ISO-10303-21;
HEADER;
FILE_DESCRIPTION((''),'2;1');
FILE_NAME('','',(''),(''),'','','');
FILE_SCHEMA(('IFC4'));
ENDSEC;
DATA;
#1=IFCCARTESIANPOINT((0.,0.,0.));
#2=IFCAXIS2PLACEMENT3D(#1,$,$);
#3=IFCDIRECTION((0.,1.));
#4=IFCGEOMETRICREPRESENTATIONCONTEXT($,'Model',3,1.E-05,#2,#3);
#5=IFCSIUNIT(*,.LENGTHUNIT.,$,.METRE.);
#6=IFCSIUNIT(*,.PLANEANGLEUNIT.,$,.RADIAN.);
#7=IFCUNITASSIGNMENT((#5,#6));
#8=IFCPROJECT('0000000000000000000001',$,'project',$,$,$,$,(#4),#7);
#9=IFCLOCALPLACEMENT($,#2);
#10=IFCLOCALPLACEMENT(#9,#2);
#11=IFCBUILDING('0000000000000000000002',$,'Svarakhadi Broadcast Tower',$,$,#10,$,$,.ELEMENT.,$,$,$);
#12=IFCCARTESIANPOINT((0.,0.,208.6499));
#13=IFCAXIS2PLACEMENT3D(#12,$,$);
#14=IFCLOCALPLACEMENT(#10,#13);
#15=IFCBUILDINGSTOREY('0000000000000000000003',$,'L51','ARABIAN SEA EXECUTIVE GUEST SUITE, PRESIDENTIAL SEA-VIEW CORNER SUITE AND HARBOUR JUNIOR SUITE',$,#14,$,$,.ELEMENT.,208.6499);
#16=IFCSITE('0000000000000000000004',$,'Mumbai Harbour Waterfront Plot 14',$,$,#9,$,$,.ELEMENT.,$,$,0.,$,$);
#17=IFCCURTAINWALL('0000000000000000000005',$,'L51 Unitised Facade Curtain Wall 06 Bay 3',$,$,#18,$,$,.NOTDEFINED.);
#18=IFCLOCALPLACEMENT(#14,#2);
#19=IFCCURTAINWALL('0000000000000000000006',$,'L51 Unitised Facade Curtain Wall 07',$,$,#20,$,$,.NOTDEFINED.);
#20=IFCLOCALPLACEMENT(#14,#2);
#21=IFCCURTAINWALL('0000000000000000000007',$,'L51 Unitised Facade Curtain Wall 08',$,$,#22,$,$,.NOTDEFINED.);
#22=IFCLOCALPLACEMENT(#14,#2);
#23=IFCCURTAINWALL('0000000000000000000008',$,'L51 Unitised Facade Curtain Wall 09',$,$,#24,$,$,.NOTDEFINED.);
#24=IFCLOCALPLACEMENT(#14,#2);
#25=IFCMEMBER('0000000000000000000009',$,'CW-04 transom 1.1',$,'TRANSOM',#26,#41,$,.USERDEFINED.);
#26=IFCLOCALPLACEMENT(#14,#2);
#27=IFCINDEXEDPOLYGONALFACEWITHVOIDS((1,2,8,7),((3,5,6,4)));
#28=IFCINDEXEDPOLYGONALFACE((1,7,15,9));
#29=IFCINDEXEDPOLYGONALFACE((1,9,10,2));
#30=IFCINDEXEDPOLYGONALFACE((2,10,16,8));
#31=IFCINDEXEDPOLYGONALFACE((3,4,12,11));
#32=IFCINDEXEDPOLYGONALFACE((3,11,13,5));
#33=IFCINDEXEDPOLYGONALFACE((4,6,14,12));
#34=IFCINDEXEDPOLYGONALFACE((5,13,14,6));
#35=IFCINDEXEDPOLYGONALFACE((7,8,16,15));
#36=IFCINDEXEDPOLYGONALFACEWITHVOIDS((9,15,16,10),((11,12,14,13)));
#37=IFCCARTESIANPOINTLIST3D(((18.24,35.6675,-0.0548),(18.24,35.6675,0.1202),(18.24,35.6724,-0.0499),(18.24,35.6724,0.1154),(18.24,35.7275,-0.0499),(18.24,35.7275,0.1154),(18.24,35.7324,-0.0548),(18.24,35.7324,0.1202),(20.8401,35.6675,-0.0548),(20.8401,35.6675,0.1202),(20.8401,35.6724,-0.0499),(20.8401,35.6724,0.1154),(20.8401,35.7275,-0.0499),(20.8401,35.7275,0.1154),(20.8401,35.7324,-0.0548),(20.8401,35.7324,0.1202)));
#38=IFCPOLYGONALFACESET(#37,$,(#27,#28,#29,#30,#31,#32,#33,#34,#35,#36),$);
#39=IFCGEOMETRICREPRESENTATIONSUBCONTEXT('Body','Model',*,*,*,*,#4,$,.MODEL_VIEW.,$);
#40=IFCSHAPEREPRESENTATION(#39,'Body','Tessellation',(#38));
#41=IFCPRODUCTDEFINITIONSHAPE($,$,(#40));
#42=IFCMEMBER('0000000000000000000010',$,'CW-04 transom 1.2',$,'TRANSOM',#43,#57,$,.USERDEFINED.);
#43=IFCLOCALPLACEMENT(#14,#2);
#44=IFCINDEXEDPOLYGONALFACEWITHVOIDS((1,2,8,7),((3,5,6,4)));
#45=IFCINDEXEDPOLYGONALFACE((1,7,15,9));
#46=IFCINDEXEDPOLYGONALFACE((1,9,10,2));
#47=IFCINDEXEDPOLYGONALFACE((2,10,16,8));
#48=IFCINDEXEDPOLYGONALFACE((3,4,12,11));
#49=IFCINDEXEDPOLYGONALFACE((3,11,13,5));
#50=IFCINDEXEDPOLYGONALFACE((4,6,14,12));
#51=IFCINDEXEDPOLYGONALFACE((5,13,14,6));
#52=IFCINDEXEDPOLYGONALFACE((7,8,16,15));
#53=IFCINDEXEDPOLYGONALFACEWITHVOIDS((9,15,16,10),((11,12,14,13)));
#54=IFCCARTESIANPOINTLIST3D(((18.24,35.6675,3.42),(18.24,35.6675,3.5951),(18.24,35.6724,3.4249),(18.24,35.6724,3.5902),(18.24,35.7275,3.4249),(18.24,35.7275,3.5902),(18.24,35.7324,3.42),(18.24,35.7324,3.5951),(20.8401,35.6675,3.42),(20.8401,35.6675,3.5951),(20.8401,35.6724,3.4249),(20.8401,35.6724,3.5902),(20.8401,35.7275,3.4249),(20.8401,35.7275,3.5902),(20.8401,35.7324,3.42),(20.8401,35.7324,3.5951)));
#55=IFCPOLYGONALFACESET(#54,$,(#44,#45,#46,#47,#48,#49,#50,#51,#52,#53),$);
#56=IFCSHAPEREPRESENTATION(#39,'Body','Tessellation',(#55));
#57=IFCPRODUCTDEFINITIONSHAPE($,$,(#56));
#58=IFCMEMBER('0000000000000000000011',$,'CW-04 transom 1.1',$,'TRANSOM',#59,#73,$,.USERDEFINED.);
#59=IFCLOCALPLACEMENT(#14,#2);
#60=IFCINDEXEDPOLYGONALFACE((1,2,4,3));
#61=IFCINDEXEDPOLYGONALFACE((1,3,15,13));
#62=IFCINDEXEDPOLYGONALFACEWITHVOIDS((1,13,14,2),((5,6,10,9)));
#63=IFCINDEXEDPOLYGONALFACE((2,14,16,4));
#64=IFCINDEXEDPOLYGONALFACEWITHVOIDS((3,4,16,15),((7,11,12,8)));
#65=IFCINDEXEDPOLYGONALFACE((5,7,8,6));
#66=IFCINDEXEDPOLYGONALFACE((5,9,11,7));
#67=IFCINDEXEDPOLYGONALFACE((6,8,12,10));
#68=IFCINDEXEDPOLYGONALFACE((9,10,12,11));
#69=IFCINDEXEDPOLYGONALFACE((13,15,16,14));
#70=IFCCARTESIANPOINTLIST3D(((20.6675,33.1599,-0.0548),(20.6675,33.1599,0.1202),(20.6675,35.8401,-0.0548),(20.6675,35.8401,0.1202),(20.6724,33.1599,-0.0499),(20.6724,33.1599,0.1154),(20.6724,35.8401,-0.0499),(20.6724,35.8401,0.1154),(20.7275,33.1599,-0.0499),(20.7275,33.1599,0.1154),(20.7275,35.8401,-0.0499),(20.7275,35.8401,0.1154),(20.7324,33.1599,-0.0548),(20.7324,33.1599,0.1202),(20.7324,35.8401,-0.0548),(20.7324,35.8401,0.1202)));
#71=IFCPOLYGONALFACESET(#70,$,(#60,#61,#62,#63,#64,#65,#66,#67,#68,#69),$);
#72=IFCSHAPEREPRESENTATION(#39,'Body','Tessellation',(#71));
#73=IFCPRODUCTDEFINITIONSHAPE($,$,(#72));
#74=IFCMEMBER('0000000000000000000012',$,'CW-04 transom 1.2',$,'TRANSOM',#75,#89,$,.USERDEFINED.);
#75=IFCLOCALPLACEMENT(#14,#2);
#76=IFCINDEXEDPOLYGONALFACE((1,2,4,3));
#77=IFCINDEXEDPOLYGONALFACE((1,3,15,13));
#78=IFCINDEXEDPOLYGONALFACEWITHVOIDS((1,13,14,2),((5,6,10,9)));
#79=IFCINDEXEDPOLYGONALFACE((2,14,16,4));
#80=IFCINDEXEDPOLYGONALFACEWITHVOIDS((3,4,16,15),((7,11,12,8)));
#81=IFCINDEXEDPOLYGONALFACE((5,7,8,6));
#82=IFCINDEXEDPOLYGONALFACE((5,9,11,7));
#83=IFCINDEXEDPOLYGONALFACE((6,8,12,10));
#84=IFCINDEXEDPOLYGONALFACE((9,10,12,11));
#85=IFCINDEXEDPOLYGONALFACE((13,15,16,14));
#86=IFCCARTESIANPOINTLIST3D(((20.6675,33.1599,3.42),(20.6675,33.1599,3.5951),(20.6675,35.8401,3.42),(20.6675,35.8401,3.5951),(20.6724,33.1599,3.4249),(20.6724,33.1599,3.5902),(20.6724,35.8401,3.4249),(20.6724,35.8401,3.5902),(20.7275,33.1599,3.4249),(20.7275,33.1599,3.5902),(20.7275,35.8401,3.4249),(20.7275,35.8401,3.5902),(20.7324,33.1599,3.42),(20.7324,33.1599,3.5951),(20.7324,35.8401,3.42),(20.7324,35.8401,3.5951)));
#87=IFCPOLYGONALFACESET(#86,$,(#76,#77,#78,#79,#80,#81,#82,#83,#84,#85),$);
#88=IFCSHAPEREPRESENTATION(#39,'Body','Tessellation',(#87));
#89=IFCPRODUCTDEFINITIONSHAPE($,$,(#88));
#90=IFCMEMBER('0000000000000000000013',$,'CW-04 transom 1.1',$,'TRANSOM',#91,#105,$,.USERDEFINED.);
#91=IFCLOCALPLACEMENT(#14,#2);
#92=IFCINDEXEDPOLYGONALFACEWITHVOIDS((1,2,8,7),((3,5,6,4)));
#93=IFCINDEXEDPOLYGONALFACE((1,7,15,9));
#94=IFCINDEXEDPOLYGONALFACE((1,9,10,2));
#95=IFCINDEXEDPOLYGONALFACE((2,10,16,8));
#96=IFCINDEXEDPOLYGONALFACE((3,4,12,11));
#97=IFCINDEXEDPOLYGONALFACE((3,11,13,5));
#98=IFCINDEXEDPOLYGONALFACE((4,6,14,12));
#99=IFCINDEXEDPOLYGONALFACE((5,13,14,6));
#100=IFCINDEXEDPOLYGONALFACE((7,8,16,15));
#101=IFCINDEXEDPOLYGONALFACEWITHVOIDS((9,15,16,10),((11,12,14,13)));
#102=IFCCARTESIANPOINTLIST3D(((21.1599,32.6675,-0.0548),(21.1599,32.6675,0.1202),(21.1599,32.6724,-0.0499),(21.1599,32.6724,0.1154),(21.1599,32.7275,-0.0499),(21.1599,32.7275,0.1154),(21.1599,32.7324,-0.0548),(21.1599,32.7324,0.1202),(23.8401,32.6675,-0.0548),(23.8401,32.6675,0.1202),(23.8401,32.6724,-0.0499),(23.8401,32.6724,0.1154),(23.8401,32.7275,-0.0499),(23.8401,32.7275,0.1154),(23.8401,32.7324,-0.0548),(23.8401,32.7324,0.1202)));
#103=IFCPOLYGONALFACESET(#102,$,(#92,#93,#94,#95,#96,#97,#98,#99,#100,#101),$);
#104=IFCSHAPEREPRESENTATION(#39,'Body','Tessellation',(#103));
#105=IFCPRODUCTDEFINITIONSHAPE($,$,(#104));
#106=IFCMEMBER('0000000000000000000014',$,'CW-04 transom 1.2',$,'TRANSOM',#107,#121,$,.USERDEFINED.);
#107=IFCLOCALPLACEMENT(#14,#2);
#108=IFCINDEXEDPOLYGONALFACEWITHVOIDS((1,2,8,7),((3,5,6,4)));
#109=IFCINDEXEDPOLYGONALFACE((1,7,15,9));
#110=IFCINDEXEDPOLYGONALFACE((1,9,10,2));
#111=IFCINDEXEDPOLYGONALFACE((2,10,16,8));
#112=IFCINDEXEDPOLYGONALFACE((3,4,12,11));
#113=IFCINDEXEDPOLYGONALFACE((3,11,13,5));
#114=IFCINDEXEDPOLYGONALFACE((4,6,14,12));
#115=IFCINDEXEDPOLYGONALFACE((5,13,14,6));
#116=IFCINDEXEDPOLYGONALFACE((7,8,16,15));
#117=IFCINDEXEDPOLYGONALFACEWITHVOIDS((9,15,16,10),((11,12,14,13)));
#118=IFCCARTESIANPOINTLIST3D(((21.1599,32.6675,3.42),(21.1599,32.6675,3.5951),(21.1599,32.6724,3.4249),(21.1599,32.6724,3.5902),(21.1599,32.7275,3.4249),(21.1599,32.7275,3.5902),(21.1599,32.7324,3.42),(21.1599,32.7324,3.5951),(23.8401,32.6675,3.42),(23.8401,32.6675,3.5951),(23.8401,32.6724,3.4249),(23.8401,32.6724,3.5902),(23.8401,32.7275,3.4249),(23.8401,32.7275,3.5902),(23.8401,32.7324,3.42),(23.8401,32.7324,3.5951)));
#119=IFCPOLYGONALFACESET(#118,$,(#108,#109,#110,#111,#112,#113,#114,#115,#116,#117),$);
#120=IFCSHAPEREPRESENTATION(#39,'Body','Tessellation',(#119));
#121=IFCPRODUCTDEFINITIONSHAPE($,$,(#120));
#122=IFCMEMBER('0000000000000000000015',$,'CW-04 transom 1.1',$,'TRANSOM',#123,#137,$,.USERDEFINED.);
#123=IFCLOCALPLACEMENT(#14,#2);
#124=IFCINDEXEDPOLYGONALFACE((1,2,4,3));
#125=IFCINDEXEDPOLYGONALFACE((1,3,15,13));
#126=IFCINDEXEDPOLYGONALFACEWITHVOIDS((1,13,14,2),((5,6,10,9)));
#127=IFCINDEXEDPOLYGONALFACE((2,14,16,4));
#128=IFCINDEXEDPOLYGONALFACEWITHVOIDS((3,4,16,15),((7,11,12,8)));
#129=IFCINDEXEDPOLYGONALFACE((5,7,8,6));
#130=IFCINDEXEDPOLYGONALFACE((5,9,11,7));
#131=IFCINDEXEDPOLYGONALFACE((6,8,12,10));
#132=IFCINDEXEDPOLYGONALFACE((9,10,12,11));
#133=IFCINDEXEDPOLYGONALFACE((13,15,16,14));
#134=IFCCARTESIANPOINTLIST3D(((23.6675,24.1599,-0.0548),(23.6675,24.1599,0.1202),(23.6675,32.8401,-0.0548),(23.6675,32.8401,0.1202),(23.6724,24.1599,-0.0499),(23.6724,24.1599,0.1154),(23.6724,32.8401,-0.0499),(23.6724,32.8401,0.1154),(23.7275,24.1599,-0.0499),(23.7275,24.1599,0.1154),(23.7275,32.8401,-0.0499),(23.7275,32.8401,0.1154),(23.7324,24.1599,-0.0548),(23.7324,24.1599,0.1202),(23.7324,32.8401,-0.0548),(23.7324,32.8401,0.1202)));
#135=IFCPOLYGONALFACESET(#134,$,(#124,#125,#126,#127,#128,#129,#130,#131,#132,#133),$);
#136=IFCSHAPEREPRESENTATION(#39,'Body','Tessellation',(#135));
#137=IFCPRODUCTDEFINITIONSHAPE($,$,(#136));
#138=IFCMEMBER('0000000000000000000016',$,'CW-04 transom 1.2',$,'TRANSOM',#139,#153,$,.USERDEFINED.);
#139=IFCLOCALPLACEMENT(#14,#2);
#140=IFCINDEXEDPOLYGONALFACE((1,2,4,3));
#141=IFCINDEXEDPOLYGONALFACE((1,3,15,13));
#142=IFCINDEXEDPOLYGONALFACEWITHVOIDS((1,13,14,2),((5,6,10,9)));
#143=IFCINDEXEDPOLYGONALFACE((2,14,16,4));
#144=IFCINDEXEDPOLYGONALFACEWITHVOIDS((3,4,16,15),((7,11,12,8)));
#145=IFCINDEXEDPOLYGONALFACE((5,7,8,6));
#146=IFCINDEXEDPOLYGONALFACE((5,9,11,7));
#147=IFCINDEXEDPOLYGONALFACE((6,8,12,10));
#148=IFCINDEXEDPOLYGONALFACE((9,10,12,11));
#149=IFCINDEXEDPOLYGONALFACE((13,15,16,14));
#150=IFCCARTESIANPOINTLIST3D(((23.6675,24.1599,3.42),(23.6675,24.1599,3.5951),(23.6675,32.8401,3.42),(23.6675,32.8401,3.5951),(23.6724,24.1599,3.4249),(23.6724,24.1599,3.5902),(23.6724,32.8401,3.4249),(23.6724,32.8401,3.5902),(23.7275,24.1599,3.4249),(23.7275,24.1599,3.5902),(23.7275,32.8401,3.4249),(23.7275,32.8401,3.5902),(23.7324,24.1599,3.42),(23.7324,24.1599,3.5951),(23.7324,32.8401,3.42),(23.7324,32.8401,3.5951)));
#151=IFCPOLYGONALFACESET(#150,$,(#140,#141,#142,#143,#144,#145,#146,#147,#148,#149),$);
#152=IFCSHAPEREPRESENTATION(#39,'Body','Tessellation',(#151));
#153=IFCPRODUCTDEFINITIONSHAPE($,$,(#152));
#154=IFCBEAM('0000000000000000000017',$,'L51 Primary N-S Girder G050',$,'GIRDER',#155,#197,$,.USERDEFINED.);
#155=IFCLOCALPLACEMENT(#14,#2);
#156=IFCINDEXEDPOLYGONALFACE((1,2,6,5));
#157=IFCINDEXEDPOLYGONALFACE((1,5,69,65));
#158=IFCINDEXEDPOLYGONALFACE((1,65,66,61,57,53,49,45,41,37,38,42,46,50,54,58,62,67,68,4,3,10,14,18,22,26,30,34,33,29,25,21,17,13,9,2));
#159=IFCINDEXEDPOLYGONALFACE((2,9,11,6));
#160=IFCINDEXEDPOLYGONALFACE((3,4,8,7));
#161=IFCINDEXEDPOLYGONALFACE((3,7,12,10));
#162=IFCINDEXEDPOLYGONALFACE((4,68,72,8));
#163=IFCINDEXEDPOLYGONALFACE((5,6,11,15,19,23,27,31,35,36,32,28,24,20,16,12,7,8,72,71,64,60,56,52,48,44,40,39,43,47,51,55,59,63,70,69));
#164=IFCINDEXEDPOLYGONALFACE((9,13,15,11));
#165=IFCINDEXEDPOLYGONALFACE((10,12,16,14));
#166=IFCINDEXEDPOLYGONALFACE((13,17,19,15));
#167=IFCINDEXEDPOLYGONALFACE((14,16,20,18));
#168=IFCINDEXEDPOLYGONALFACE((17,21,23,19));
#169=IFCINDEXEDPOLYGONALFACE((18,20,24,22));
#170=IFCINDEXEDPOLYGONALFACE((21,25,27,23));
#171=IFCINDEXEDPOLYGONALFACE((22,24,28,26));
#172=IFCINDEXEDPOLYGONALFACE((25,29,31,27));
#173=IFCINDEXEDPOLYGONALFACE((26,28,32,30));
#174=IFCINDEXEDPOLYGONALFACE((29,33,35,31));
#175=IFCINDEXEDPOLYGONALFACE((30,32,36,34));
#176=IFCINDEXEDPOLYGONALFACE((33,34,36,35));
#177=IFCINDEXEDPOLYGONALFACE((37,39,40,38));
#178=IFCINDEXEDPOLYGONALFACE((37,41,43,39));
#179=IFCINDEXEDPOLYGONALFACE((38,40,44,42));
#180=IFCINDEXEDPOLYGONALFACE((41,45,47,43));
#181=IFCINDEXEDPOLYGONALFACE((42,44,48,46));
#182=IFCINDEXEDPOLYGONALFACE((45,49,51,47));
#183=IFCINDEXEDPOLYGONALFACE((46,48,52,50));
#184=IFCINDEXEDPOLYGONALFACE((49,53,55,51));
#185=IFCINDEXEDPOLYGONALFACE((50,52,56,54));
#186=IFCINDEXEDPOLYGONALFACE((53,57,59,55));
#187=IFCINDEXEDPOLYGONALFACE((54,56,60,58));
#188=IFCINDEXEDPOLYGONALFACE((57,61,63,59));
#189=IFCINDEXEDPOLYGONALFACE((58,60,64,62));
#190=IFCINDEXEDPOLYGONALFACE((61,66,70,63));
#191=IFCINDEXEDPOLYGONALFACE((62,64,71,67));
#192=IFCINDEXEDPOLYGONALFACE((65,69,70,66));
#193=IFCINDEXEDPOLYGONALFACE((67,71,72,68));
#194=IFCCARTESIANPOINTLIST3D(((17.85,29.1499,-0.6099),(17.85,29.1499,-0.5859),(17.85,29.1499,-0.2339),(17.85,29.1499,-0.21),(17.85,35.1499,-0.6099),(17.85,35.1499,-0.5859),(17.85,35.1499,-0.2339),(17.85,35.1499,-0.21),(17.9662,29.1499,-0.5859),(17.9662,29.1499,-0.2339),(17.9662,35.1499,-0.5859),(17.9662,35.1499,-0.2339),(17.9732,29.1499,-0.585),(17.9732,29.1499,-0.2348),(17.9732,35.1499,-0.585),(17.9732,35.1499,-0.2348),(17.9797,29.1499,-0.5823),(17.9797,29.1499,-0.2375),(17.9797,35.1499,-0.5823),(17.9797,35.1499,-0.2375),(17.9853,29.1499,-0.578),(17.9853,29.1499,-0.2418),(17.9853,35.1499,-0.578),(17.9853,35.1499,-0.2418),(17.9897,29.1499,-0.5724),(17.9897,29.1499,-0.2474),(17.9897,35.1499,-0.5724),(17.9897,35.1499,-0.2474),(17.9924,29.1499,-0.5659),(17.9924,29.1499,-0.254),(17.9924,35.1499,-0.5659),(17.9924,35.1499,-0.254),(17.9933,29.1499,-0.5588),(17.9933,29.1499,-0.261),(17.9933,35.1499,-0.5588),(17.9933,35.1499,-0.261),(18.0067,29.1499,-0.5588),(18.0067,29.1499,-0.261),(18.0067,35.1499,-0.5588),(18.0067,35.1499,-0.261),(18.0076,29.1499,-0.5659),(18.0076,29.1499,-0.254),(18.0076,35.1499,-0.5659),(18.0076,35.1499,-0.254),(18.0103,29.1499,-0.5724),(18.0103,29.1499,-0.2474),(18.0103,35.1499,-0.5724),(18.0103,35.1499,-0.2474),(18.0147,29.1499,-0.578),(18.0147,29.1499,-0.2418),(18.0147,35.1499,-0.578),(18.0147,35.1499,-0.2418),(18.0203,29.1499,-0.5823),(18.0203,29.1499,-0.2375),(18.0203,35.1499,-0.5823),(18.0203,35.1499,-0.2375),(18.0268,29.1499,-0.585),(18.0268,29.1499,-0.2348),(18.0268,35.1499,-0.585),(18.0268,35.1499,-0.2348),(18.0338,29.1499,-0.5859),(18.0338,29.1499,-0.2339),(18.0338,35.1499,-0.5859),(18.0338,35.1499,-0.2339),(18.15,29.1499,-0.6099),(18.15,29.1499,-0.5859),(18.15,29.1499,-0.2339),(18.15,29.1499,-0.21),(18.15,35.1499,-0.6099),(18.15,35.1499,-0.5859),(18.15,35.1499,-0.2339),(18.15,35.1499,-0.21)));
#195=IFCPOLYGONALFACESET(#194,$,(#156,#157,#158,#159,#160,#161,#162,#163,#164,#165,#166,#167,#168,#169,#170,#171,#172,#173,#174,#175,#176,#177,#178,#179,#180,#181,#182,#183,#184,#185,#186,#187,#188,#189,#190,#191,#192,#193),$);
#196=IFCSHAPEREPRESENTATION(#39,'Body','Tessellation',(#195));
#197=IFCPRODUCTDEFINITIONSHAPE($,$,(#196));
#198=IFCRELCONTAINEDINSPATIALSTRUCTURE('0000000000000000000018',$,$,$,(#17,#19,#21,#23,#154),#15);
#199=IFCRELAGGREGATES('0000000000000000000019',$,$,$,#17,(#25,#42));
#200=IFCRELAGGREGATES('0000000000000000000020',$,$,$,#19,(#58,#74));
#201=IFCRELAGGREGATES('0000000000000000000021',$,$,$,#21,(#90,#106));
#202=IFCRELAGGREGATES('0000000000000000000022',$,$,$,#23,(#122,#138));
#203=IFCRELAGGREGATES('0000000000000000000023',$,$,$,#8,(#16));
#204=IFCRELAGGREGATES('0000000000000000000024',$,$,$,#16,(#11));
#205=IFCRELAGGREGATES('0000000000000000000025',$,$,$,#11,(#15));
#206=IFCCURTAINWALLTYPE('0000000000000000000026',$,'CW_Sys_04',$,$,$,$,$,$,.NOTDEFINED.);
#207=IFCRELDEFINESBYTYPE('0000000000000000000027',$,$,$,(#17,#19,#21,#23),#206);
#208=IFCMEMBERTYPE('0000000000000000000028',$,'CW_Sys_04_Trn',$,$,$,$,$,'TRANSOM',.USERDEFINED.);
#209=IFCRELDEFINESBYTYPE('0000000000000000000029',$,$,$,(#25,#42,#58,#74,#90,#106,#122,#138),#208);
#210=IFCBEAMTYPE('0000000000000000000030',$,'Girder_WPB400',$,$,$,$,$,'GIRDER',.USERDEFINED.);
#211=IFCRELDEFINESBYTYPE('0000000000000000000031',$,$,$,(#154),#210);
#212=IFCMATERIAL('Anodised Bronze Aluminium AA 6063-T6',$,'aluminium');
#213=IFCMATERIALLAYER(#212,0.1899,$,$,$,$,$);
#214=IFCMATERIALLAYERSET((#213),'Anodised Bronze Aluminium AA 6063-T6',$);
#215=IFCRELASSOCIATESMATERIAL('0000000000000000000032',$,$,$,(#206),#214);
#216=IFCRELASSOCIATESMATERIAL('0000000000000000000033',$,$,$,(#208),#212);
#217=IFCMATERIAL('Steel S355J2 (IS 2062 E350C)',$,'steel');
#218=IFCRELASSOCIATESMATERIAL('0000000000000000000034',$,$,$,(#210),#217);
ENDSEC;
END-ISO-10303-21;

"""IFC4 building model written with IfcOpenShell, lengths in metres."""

from ifc_helpers import new_model, si_unit, direction, frame, origin, origin_2d, place, context, subcontext, project, spatial, hollow_rectangle, i_section, extrude, material, layer, layer_set, material_profile, profile_set, type_object, element, aggregate, save


model = new_model("IFC4")

# Units and contexts
model_context = context("Model", 3, precision=1e-05, world=origin(), true_north=direction((0.0, 1.0)))
body_context = subcontext(model_context, "Body", "Model", "MODEL_VIEW")
ifc_project = project(units=[si_unit("LENGTHUNIT", "METRE"), si_unit("PLANEANGLEUNIT", "RADIAN")], contexts=[model_context])

# Site, building, storey
site_placement = place(None, origin())
site = spatial("IfcSite", under=ifc_project, at=site_placement, Name="Mumbai Harbour Waterfront Plot 14", CompositionType="ELEMENT", RefElevation=0.0)
building_placement = place(site_placement, origin())
building = spatial("IfcBuilding", under=site, at=building_placement, Name="Svarakhadi Broadcast Tower", CompositionType="ELEMENT")
storey_placement = place(building_placement, frame((0.0, 0.0, 208.6499)))
storey = spatial("IfcBuildingStorey", under=building, at=storey_placement, Name="L51", Description="ARABIAN SEA EXECUTIVE GUEST SUITE, PRESIDENTIAL SEA-VIEW CORNER SUITE AND HARBOUR JUNIOR SUITE", CompositionType="ELEMENT", Elevation=208.6499)

# Curtain walls
ifc_material_1 = material(Name="Anodised Bronze Aluminium AA 6063-T6", Category="aluminium")
ifc_layer_1 = layer(ifc_material_1, 0.1899)
ifc_layer_set_1 = layer_set([ifc_layer_1], Name="Anodised Bronze Aluminium AA 6063-T6")
curtain_wall_type = type_object("IfcCurtainWallType", Name="CW_Sys_04", PredefinedType="NOTDEFINED", material=ifc_layer_set_1)
curtain_wall_1_placement = place(storey_placement, origin())
curtain_wall_1 = element("IfcCurtainWall", 1, at=curtain_wall_1_placement, inside=storey, type_object=curtain_wall_type, Name="L51 Unitised Facade Curtain Wall 06 Bay 3", PredefinedType="NOTDEFINED")
curtain_wall_2_placement = place(storey_placement, origin())
curtain_wall_2 = element("IfcCurtainWall", 2, at=curtain_wall_2_placement, inside=storey, type_object=curtain_wall_type, Name="L51 Unitised Facade Curtain Wall 07", PredefinedType="NOTDEFINED")
curtain_wall_3_placement = place(storey_placement, origin())
curtain_wall_3 = element("IfcCurtainWall", 3, at=curtain_wall_3_placement, inside=storey, type_object=curtain_wall_type, Name="L51 Unitised Facade Curtain Wall 08", PredefinedType="NOTDEFINED")

# Curtain wall
curtain_wall_4_placement = place(storey_placement, origin())
curtain_wall_4 = element("IfcCurtainWall", 4, at=curtain_wall_4_placement, inside=storey, type_object=curtain_wall_type, Name="L51 Unitised Facade Curtain Wall 09", PredefinedType="NOTDEFINED")

# Members
ifc_material_profile_1 = material_profile(ifc_material_1, hollow_rectangle(XDim=0.0649, YDim=0.175, WallThickness=0.0049, at=origin_2d()), Name="ALU TRANSOM 175x65x5")
ifc_profile_set_1 = profile_set([ifc_material_profile_1], Name="Anodised Bronze Aluminium AA 6063-T6")
member_type_1 = type_object("IfcMemberType", Name="CW_Sys_04_Trn", ElementType="TRANSOM", PredefinedType="USERDEFINED", material=ifc_profile_set_1)
member_1_placement = place(storey_placement, frame((18.24, 35.7, 0.0327), z_axis=(1.0, 0.0, 0.0), x_axis=(0.0, 1.0, 0.0)))
member_1 = element("IfcMember", 5, at=member_1_placement, type_object=member_type_1, Name="CW-04 transom 1.1", ObjectType="TRANSOM", PredefinedType="USERDEFINED", context=body_context, shape_type="SweptSolid", body=[
    extrude(hollow_rectangle(XDim=0.0649, YDim=0.175, WallThickness=0.0049, at=origin_2d()), origin(), (0.0, 0.0, 1.0), 2.6001),
])
member_2_placement = place(storey_placement, frame((18.24, 35.7, 3.5076), z_axis=(1.0, 0.0, 0.0), x_axis=(0.0, 1.0, 0.0)))
member_2 = element("IfcMember", 6, at=member_2_placement, type_object=member_type_1, Name="CW-04 transom 1.2", ObjectType="TRANSOM", PredefinedType="USERDEFINED", context=body_context, shape_type="SweptSolid", body=[
    extrude(hollow_rectangle(XDim=0.0649, YDim=0.175, WallThickness=0.0049, at=origin_2d()), origin(), (0.0, 0.0, 1.0), 2.6001),
])
member_3_placement = place(storey_placement, frame((20.7, 35.8401, 0.0327), z_axis=(0.0, -1.0, 0.0), x_axis=(1.0, 0.0, 0.0)))
member_3 = element("IfcMember", 7, at=member_3_placement, type_object=member_type_1, Name="CW-04 transom 1.1", ObjectType="TRANSOM", PredefinedType="USERDEFINED", context=body_context, shape_type="SweptSolid", body=[
    extrude(hollow_rectangle(XDim=0.0649, YDim=0.175, WallThickness=0.0049, at=origin_2d()), origin(), (0.0, 0.0, 1.0), 2.6802),
])
member_4_placement = place(storey_placement, frame((20.7, 35.8401, 3.5076), z_axis=(0.0, -1.0, 0.0), x_axis=(1.0, 0.0, 0.0)))
member_4 = element("IfcMember", 8, at=member_4_placement, type_object=member_type_1, Name="CW-04 transom 1.2", ObjectType="TRANSOM", PredefinedType="USERDEFINED", context=body_context, shape_type="SweptSolid", body=[
    extrude(hollow_rectangle(XDim=0.0649, YDim=0.175, WallThickness=0.0049, at=origin_2d()), origin(), (0.0, 0.0, 1.0), 2.6802),
])
member_5_placement = place(storey_placement, frame((21.1599, 32.7, 0.0327), z_axis=(1.0, 0.0, 0.0), x_axis=(0.0, 1.0, 0.0)))
member_5 = element("IfcMember", 9, at=member_5_placement, type_object=member_type_1, Name="CW-04 transom 1.1", ObjectType="TRANSOM", PredefinedType="USERDEFINED", context=body_context, shape_type="SweptSolid", body=[
    extrude(hollow_rectangle(XDim=0.0649, YDim=0.175, WallThickness=0.0049, at=origin_2d()), origin(), (0.0, 0.0, 1.0), 2.6802),
])
member_6_placement = place(storey_placement, frame((21.1599, 32.7, 3.5076), z_axis=(1.0, 0.0, 0.0), x_axis=(0.0, 1.0, 0.0)))
member_6 = element("IfcMember", 10, at=member_6_placement, type_object=member_type_1, Name="CW-04 transom 1.2", ObjectType="TRANSOM", PredefinedType="USERDEFINED", context=body_context, shape_type="SweptSolid", body=[
    extrude(hollow_rectangle(XDim=0.0649, YDim=0.175, WallThickness=0.0049, at=origin_2d()), origin(), (0.0, 0.0, 1.0), 2.6802),
])
member_7_placement = place(storey_placement, frame((23.7, 32.8401, 0.0327), z_axis=(0.0, -1.0, 0.0), x_axis=(1.0, 0.0, 0.0)))
member_7 = element("IfcMember", 11, at=member_7_placement, type_object=member_type_1, Name="CW-04 transom 1.1", ObjectType="TRANSOM", PredefinedType="USERDEFINED", context=body_context, shape_type="SweptSolid", body=[
    extrude(hollow_rectangle(XDim=0.0649, YDim=0.175, WallThickness=0.0049, at=origin_2d()), origin(), (0.0, 0.0, 1.0), 8.6802),
])
member_8_placement = place(storey_placement, frame((23.7, 32.8401, 3.5076), z_axis=(0.0, -1.0, 0.0), x_axis=(1.0, 0.0, 0.0)))
member_8 = element("IfcMember", 12, at=member_8_placement, type_object=member_type_1, Name="CW-04 transom 1.2", ObjectType="TRANSOM", PredefinedType="USERDEFINED", context=body_context, shape_type="SweptSolid", body=[
    extrude(hollow_rectangle(XDim=0.0649, YDim=0.175, WallThickness=0.0049, at=origin_2d()), origin(), (0.0, 0.0, 1.0), 8.6802),
])

# Beam
ifc_material_2 = material(Name="Steel S355J2 (IS 2062 E350C)", Category="steel")
ifc_material_profile_2 = material_profile(ifc_material_2, i_section(OverallWidth=0.3, OverallDepth=0.3999, WebThickness=0.0134, FlangeThickness=0.0239, FilletRadius=0.0271, at=origin_2d()), Name="WPB 400x300x155")
ifc_profile_set_2 = profile_set([ifc_material_profile_2], Name="Steel S355J2 (IS 2062 E350C)")
beam_type = type_object("IfcBeamType", Name="Girder_WPB400", ElementType="GIRDER", PredefinedType="USERDEFINED", material=ifc_profile_set_2)
beam_placement = place(storey_placement, frame((18.0, 29.1499, -0.4099), z_axis=(0.0, 1.0, 0.0), x_axis=(-1.0, 0.0, 0.0)))
element("IfcBeam", 13, at=beam_placement, inside=storey, type_object=beam_type, Name="L51 Primary N-S Girder G050", ObjectType="GIRDER", PredefinedType="USERDEFINED", context=body_context, shape_type="SweptSolid", body=[
    extrude(i_section(OverallWidth=0.3, OverallDepth=0.3999, WebThickness=0.0134, FlangeThickness=0.0239, FilletRadius=0.0271, at=origin_2d()), origin(), (0.0, 0.0, 1.0), 6.0),
])

aggregate(curtain_wall_1, [member_1, member_2])
aggregate(curtain_wall_2, [member_3, member_4])
aggregate(curtain_wall_3, [member_5, member_6])
aggregate(curtain_wall_4, [member_7, member_8])

save(model, "model.ifc")
